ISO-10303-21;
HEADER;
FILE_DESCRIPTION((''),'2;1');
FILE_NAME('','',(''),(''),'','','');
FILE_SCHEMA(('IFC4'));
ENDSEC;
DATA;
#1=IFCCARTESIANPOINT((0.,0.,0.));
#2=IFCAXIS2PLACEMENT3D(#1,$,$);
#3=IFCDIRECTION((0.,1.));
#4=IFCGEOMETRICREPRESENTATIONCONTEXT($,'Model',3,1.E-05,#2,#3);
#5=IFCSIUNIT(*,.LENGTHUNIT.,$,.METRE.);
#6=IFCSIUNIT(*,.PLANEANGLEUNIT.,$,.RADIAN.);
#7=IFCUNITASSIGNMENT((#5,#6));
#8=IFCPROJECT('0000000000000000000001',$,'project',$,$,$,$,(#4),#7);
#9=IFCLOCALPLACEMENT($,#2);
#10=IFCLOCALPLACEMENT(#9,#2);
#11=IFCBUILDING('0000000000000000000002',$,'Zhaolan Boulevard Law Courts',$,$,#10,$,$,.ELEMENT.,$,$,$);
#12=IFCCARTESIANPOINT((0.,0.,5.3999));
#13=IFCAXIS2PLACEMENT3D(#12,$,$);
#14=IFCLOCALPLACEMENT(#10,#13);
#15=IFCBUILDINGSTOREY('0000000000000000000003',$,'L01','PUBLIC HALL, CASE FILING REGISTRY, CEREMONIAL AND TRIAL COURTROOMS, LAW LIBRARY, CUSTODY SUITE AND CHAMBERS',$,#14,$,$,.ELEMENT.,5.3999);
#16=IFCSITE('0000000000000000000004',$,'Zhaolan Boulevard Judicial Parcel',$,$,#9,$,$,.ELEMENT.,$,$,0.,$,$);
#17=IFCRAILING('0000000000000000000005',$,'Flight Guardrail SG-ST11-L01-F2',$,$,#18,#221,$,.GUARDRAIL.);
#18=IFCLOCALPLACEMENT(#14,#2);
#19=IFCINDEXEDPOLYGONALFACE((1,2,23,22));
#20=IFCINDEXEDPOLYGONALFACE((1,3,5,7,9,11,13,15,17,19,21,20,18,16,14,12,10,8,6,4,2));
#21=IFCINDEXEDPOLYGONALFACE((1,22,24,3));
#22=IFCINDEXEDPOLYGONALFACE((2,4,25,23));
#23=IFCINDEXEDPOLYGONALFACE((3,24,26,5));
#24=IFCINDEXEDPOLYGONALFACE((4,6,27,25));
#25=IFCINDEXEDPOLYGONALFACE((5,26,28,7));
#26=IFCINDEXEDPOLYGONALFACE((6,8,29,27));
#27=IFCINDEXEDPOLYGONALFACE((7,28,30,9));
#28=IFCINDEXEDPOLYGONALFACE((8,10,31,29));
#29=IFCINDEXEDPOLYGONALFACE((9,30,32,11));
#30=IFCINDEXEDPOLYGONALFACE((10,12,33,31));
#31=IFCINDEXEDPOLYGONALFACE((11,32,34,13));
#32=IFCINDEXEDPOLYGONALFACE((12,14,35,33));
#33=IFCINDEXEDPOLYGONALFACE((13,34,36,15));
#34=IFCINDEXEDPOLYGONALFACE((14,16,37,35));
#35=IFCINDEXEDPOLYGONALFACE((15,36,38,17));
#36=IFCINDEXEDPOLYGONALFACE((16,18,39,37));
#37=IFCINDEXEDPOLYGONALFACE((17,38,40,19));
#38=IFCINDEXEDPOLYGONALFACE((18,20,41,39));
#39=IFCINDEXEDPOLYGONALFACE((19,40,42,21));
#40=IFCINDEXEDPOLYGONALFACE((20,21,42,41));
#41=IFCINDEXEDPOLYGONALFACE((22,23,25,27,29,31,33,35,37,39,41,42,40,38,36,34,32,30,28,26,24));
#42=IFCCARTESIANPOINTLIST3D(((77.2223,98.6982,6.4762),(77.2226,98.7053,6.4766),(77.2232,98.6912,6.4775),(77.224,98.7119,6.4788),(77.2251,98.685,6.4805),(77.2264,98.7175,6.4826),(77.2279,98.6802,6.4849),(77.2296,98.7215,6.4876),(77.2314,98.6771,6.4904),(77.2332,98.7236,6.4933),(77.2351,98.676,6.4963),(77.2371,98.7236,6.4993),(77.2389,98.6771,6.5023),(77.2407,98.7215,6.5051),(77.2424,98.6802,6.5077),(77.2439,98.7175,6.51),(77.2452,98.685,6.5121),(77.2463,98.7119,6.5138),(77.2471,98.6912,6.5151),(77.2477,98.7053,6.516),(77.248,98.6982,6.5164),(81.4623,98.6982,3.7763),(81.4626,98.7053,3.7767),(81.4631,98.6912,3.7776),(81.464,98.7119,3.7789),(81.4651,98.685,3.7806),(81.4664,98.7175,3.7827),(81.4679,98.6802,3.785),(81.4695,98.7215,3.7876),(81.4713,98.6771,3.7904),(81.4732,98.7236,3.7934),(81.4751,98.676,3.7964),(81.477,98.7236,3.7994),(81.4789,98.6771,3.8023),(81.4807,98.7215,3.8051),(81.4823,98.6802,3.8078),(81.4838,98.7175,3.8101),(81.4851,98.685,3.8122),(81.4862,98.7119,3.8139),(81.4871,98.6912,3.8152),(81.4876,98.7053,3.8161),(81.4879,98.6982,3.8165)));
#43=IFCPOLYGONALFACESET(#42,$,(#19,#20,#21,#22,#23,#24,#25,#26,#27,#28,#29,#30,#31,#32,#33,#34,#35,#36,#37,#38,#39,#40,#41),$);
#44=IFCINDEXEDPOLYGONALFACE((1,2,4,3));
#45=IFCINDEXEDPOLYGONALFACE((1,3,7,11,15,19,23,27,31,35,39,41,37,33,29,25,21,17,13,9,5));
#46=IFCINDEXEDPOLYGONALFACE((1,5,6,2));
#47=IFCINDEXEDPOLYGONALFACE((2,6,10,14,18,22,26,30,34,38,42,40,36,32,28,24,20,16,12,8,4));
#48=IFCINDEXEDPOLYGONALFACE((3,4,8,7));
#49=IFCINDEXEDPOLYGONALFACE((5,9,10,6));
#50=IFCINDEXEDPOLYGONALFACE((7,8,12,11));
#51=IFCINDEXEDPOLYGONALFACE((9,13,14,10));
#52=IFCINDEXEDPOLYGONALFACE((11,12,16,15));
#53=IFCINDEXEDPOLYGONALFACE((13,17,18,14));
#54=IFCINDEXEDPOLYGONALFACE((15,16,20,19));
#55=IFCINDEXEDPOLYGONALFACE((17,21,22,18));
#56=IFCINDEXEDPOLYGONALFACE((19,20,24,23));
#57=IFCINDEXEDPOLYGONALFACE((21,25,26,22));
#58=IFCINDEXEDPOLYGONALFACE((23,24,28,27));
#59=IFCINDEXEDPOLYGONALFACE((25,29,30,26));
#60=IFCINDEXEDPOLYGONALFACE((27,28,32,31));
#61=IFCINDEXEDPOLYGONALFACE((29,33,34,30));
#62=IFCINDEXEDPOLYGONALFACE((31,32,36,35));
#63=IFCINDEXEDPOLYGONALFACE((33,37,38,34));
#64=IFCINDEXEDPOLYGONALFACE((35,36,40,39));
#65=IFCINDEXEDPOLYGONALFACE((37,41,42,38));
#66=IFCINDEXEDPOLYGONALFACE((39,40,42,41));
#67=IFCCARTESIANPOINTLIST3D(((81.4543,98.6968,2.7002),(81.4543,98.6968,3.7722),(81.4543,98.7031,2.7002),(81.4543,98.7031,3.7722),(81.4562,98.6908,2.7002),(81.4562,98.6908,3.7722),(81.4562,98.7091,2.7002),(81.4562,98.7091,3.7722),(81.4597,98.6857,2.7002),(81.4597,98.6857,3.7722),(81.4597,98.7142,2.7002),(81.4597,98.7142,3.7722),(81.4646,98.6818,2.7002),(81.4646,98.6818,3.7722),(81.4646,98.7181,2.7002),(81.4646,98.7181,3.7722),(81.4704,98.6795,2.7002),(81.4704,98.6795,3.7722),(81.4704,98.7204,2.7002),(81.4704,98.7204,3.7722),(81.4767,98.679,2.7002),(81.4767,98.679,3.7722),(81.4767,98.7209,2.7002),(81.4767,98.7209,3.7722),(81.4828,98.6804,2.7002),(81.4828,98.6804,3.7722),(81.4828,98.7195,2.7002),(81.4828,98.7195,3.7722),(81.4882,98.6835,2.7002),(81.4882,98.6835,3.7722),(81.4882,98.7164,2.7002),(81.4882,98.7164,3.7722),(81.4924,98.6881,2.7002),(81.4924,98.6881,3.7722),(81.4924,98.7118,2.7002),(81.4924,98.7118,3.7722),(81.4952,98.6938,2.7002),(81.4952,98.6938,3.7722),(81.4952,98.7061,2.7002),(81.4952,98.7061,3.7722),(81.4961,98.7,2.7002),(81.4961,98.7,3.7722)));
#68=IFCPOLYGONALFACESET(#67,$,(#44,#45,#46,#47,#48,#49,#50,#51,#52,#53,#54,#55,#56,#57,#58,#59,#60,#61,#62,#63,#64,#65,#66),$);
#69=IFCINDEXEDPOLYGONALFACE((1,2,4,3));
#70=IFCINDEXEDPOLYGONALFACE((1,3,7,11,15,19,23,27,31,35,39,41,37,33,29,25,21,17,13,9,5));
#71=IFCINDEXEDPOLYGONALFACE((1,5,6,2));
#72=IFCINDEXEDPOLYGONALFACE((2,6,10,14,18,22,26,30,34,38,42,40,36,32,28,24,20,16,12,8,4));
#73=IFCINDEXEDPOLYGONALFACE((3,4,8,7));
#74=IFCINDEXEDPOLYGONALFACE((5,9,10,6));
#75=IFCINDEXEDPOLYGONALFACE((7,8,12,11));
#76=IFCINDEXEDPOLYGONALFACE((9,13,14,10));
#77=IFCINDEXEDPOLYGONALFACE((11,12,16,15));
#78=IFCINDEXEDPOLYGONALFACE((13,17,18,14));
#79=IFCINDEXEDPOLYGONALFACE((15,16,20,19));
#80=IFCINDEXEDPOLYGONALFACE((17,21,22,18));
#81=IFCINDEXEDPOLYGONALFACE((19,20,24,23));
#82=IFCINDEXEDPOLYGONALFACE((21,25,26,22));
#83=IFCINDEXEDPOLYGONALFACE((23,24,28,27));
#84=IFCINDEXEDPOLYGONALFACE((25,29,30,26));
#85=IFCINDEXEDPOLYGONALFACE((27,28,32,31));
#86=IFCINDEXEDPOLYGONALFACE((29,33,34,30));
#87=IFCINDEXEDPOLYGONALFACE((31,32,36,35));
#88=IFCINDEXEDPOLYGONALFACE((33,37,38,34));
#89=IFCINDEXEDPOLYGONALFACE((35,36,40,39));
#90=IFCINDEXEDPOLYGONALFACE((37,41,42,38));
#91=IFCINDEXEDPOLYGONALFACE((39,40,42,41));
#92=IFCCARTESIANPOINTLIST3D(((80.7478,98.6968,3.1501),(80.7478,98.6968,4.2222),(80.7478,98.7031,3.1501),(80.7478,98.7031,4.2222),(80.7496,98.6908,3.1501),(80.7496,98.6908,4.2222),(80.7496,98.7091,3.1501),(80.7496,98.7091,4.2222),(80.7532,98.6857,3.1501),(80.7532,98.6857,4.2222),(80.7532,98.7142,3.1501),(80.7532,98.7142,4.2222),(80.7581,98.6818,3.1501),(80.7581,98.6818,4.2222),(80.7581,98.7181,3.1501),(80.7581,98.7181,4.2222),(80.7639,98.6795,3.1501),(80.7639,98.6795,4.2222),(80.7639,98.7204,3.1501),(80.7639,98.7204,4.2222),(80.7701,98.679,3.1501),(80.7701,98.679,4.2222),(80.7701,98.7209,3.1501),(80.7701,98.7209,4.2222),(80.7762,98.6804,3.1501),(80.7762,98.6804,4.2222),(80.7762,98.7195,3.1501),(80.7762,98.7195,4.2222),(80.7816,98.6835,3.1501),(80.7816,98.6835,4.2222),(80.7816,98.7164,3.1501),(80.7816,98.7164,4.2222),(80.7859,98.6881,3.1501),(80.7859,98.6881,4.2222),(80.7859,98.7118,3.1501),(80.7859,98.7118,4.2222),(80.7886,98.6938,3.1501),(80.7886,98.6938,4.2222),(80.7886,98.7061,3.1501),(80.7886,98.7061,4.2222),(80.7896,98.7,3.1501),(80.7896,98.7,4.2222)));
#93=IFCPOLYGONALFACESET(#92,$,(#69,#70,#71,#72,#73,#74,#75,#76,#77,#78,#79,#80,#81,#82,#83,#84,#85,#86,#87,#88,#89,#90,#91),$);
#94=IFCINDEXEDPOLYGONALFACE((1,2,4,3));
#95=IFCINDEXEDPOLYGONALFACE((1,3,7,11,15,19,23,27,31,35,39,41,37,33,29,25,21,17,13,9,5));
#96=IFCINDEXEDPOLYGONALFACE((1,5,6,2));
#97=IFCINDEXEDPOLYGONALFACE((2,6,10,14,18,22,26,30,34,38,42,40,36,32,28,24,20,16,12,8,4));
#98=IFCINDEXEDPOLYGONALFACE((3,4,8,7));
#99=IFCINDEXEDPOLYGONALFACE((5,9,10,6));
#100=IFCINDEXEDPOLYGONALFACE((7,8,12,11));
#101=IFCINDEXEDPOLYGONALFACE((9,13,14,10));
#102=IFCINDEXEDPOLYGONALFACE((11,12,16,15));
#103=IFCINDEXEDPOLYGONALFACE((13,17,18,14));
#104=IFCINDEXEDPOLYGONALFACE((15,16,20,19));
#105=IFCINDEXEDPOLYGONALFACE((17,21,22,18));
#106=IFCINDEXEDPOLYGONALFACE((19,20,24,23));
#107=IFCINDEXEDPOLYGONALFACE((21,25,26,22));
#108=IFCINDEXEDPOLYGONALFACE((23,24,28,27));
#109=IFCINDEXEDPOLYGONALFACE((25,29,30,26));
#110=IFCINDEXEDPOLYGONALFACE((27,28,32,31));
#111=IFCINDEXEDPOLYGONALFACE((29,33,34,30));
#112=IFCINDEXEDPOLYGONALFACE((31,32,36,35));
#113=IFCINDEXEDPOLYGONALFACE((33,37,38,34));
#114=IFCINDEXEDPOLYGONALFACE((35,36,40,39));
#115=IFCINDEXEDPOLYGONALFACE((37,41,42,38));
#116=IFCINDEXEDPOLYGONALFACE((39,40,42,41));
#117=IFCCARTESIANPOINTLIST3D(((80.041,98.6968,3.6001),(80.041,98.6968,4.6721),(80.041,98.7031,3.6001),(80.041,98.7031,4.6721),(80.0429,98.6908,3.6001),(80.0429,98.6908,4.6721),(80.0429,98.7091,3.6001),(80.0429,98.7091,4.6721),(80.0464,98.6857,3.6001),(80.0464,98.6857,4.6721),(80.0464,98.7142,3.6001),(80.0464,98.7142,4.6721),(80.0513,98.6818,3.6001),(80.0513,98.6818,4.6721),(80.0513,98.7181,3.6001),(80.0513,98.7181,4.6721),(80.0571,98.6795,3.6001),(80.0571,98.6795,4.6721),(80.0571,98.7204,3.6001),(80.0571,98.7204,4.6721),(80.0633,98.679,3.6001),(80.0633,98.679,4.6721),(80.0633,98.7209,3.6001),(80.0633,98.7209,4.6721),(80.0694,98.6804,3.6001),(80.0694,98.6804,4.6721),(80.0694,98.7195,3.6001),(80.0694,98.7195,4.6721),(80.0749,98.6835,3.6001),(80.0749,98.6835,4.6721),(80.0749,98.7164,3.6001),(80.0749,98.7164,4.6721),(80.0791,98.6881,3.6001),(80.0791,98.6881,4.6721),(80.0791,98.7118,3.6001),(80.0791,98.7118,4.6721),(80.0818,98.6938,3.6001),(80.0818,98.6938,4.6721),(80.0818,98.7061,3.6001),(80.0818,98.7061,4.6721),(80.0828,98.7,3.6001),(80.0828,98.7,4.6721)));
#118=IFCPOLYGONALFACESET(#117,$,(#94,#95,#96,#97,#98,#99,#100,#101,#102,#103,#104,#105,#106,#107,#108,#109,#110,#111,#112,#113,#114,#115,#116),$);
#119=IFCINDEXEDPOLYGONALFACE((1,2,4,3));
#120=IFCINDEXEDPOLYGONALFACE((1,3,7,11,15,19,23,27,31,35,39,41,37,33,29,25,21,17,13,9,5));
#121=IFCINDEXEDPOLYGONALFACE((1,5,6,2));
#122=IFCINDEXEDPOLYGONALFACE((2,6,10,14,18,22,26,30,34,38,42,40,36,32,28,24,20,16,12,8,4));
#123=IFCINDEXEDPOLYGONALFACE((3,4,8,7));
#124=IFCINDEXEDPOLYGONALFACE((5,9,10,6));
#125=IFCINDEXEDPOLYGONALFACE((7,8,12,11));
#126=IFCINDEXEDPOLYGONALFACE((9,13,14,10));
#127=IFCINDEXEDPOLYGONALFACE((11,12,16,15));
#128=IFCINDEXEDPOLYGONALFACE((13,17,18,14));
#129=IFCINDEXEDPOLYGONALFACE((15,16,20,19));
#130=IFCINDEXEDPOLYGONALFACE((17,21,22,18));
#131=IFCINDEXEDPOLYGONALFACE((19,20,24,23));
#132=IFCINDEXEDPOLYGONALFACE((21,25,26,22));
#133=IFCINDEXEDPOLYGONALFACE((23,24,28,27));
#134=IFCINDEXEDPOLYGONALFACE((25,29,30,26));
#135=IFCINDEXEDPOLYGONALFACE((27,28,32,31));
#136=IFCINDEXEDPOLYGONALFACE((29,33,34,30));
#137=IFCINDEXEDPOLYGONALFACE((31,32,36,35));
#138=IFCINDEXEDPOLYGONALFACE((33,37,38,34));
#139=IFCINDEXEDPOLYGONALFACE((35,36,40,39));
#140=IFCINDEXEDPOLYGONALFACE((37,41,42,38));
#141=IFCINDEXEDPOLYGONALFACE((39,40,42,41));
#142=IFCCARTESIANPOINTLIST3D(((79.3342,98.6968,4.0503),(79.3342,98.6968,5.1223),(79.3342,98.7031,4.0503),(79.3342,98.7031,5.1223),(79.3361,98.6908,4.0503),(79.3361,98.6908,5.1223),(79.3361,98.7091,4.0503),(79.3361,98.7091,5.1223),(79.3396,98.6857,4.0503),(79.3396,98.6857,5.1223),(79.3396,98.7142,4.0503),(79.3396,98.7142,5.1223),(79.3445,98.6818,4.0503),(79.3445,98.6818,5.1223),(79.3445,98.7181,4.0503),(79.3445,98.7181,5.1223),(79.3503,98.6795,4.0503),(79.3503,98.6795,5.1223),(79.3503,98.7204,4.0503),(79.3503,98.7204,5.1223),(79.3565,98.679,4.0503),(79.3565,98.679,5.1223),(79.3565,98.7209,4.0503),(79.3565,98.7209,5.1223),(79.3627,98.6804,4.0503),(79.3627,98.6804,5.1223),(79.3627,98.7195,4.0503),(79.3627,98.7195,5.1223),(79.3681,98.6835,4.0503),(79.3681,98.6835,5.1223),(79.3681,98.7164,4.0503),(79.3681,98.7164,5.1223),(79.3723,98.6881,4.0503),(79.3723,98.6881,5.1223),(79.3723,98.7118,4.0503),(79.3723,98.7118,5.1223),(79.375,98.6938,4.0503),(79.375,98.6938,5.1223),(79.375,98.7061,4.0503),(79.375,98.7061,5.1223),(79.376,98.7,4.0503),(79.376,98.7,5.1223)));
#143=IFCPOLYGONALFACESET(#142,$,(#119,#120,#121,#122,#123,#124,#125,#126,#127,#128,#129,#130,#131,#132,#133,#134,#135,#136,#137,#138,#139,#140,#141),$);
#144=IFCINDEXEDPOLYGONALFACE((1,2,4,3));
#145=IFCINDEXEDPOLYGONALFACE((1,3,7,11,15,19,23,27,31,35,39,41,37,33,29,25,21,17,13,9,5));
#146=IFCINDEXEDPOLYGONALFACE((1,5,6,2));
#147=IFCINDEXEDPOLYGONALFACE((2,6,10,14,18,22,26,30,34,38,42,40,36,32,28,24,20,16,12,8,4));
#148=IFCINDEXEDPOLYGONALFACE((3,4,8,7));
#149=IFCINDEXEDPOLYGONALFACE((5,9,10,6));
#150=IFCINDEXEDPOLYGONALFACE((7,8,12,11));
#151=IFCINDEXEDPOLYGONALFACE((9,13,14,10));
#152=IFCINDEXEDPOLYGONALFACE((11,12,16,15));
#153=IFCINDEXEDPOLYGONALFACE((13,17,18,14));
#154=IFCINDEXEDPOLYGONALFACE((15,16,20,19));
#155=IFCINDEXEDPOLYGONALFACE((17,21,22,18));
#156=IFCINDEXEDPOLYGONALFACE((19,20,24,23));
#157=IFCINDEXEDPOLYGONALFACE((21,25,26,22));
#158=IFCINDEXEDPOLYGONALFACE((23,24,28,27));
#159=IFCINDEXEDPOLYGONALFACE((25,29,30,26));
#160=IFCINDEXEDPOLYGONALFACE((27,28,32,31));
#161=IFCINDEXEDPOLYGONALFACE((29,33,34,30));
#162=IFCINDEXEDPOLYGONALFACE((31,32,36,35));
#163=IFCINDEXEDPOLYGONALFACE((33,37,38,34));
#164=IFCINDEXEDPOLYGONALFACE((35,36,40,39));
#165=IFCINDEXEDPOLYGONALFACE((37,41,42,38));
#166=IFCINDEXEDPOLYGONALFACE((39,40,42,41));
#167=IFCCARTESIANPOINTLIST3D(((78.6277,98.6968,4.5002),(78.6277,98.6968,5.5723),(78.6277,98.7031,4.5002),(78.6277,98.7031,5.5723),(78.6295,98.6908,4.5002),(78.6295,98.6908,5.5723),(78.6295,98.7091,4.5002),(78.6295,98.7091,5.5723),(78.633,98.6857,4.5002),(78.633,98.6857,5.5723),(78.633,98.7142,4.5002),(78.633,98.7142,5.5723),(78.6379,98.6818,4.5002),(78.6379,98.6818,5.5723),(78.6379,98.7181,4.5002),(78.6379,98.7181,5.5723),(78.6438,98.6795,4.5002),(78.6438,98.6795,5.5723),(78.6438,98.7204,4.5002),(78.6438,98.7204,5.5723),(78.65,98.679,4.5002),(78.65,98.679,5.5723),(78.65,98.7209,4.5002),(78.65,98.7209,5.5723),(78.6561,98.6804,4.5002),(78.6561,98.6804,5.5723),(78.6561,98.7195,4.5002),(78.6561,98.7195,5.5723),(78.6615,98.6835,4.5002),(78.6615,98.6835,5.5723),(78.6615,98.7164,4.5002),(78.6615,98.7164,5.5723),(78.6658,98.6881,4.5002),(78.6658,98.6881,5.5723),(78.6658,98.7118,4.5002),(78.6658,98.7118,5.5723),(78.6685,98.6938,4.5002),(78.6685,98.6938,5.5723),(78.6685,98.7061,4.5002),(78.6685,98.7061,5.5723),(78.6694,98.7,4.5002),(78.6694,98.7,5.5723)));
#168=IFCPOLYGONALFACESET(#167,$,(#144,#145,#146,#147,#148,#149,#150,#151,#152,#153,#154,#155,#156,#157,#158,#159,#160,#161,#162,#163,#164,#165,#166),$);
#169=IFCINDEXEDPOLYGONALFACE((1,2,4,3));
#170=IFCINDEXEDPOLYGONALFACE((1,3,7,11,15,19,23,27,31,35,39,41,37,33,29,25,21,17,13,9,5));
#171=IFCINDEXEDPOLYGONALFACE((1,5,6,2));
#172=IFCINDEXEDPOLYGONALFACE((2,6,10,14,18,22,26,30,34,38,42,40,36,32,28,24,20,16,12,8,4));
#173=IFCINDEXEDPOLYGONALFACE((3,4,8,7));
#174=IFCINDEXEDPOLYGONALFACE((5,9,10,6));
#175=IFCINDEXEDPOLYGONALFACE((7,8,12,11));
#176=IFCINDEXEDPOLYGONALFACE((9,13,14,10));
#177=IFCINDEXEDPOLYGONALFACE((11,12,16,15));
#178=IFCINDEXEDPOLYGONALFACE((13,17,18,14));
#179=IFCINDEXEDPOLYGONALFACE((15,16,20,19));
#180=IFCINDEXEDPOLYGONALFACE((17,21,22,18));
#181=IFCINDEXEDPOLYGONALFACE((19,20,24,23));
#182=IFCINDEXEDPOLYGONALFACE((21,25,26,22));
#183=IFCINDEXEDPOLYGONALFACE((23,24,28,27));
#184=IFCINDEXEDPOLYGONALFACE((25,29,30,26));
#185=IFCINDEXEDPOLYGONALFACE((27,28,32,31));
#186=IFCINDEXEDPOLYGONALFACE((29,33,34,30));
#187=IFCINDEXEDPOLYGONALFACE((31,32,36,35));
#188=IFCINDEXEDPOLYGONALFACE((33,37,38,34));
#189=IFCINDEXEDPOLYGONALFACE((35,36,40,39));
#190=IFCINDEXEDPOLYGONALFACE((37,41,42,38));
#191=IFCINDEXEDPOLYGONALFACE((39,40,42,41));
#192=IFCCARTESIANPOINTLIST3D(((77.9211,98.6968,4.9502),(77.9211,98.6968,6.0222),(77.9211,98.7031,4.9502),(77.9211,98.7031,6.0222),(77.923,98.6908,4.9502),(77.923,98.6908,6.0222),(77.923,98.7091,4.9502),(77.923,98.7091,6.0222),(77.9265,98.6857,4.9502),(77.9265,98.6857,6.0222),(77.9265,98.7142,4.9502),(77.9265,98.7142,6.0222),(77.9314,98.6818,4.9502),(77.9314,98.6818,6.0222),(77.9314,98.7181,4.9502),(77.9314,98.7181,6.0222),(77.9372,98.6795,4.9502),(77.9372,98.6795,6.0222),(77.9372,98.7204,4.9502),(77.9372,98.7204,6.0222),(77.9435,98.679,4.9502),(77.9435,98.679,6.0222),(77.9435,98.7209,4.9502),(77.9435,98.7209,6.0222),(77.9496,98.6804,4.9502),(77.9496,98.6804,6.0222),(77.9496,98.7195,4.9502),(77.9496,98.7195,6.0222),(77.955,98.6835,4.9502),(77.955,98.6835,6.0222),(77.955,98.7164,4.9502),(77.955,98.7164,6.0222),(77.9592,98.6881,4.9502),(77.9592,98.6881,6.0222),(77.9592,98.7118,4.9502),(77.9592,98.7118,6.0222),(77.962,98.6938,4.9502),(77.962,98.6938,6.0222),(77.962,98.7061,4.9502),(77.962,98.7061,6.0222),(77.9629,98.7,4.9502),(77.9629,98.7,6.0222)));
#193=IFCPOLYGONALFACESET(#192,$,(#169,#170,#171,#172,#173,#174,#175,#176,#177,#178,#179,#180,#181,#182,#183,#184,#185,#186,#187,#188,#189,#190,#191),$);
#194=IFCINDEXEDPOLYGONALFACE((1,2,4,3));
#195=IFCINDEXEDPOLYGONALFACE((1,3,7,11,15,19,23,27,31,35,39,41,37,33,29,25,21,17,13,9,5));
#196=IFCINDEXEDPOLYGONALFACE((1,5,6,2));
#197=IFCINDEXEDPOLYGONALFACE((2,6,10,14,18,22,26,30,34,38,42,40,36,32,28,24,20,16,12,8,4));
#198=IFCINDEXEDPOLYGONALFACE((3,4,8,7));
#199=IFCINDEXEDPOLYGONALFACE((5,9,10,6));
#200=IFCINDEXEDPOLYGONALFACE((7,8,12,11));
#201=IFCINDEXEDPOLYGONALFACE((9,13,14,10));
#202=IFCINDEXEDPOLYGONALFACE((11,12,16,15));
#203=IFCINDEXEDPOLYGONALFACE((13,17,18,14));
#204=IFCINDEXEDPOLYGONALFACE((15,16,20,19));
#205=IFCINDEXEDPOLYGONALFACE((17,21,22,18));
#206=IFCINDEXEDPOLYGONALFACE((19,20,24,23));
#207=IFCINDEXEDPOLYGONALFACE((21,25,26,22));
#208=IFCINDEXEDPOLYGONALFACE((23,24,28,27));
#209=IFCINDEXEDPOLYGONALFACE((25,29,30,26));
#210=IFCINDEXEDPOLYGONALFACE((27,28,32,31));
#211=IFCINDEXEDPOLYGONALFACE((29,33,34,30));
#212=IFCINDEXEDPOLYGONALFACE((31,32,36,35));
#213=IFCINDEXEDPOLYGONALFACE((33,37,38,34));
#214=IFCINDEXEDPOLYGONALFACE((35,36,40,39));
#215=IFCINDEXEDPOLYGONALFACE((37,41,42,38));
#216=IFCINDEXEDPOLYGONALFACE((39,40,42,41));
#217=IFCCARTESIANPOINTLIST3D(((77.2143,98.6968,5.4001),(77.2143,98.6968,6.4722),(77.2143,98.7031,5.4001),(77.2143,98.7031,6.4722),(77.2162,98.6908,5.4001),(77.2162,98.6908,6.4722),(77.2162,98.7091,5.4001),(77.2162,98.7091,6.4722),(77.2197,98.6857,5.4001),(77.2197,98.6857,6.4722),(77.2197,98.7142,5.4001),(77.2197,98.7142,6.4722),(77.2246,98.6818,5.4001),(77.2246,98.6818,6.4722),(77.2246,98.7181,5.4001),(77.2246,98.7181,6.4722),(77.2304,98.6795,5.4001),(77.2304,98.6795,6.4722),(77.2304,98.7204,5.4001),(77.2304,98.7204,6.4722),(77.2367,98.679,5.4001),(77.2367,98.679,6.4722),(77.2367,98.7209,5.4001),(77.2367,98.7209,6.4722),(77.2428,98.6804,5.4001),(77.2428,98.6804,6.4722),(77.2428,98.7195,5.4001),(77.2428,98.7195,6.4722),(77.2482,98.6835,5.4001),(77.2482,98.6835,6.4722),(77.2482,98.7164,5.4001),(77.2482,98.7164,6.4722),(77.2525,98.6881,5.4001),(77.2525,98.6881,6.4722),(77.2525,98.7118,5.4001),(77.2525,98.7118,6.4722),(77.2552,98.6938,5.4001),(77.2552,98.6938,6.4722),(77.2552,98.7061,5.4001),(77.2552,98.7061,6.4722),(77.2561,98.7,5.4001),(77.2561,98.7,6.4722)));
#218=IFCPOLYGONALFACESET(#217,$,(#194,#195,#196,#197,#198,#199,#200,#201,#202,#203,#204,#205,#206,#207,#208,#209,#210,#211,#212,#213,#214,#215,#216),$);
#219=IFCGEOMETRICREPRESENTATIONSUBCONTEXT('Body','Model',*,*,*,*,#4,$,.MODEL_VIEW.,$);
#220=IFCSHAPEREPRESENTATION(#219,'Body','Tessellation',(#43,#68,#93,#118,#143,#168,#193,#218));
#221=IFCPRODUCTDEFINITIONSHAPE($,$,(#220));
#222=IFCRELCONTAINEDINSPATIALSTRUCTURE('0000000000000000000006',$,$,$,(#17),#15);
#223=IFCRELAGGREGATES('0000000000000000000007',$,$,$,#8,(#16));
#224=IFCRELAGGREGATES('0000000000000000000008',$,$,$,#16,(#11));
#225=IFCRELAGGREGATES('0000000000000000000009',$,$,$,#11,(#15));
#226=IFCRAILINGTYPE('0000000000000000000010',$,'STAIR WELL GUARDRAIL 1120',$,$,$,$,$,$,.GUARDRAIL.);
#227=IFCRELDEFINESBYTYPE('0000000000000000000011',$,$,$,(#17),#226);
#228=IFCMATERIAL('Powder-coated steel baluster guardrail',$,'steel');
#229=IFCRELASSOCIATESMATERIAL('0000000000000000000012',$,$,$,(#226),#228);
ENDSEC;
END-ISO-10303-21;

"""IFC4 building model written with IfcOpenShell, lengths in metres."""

from ifc_helpers import new_model, si_unit, direction, frame, origin, origin_2d, place, context, subcontext, project, spatial, circle, extrude, material, type_object, element, save


model = new_model("IFC4")

# Units and contexts
model_context = context("Model", 3, precision=1e-05, world=origin(), true_north=direction((0.0, 1.0)))
body_context = subcontext(model_context, "Body", "Model", "MODEL_VIEW")
ifc_project = project(units=[si_unit("LENGTHUNIT", "METRE"), si_unit("PLANEANGLEUNIT", "RADIAN")], contexts=[model_context])

# Site, building, storey
site_placement = place(None, origin())
site = spatial("IfcSite", under=ifc_project, at=site_placement, Name="Zhaolan Boulevard Judicial Parcel", CompositionType="ELEMENT", RefElevation=0.0)
building_placement = place(site_placement, origin())
building = spatial("IfcBuilding", under=site, at=building_placement, Name="Zhaolan Boulevard Law Courts", CompositionType="ELEMENT")
storey_placement = place(building_placement, frame((0.0, 0.0, 5.3999)))
storey = spatial("IfcBuildingStorey", under=building, at=storey_placement, Name="L01", Description="PUBLIC HALL, CASE FILING REGISTRY, CEREMONIAL AND TRIAL COURTROOMS, LAW LIBRARY, CUSTODY SUITE AND CHAMBERS", CompositionType="ELEMENT", Elevation=5.3999)

# Railing
ifc_material_1 = material(Name="Powder-coated steel baluster guardrail", Category="steel")
railing_type = type_object("IfcRailingType", Name="STAIR WELL GUARDRAIL 1120", PredefinedType="GUARDRAIL", material=ifc_material_1)
railing_placement = place(storey_placement, frame((81.4751, 98.7, 2.7002)))
element("IfcRailing", 1, at=railing_placement, inside=storey, type_object=railing_type, Name="Flight Guardrail SG-ST11-L01-F2", PredefinedType="GUARDRAIL", context=body_context, shape_type="SweptSolid", body=[
    extrude(circle(Radius=0.0239, at=origin_2d()), frame((0.0, 0.0, 1.0962), z_axis=(-0.843501, 0.0, 0.537127), x_axis=(0.0, -1.0, 0.0)), (0.0, 0.0, 1.0), 5.0266),
    extrude(circle(Radius=0.021, at=origin_2d()), origin(), (0.0, 0.0, 1.0), 1.072),
    extrude(circle(Radius=0.021, at=origin_2d()), frame((-0.7065, 0.0, 0.45)), (0.0, 0.0, 1.0), 1.072),
    extrude(circle(Radius=0.021, at=origin_2d()), frame((-1.4133, 0.0, 0.8999)), (0.0, 0.0, 1.0), 1.072),
    extrude(circle(Radius=0.021, at=origin_2d()), frame((-2.1201, 0.0, 1.3501)), (0.0, 0.0, 1.0), 1.072),
    extrude(circle(Radius=0.021, at=origin_2d()), frame((-2.8267, 0.0, 1.8)), (0.0, 0.0, 1.0), 1.072),
    extrude(circle(Radius=0.021, at=origin_2d()), frame((-3.5332, 0.0, 2.25)), (0.0, 0.0, 1.0), 1.072),
    extrude(circle(Radius=0.021, at=origin_2d()), frame((-4.24, 0.0, 2.7)), (0.0, 0.0, 1.0), 1.072),
])

save(model, "model.ifc")
